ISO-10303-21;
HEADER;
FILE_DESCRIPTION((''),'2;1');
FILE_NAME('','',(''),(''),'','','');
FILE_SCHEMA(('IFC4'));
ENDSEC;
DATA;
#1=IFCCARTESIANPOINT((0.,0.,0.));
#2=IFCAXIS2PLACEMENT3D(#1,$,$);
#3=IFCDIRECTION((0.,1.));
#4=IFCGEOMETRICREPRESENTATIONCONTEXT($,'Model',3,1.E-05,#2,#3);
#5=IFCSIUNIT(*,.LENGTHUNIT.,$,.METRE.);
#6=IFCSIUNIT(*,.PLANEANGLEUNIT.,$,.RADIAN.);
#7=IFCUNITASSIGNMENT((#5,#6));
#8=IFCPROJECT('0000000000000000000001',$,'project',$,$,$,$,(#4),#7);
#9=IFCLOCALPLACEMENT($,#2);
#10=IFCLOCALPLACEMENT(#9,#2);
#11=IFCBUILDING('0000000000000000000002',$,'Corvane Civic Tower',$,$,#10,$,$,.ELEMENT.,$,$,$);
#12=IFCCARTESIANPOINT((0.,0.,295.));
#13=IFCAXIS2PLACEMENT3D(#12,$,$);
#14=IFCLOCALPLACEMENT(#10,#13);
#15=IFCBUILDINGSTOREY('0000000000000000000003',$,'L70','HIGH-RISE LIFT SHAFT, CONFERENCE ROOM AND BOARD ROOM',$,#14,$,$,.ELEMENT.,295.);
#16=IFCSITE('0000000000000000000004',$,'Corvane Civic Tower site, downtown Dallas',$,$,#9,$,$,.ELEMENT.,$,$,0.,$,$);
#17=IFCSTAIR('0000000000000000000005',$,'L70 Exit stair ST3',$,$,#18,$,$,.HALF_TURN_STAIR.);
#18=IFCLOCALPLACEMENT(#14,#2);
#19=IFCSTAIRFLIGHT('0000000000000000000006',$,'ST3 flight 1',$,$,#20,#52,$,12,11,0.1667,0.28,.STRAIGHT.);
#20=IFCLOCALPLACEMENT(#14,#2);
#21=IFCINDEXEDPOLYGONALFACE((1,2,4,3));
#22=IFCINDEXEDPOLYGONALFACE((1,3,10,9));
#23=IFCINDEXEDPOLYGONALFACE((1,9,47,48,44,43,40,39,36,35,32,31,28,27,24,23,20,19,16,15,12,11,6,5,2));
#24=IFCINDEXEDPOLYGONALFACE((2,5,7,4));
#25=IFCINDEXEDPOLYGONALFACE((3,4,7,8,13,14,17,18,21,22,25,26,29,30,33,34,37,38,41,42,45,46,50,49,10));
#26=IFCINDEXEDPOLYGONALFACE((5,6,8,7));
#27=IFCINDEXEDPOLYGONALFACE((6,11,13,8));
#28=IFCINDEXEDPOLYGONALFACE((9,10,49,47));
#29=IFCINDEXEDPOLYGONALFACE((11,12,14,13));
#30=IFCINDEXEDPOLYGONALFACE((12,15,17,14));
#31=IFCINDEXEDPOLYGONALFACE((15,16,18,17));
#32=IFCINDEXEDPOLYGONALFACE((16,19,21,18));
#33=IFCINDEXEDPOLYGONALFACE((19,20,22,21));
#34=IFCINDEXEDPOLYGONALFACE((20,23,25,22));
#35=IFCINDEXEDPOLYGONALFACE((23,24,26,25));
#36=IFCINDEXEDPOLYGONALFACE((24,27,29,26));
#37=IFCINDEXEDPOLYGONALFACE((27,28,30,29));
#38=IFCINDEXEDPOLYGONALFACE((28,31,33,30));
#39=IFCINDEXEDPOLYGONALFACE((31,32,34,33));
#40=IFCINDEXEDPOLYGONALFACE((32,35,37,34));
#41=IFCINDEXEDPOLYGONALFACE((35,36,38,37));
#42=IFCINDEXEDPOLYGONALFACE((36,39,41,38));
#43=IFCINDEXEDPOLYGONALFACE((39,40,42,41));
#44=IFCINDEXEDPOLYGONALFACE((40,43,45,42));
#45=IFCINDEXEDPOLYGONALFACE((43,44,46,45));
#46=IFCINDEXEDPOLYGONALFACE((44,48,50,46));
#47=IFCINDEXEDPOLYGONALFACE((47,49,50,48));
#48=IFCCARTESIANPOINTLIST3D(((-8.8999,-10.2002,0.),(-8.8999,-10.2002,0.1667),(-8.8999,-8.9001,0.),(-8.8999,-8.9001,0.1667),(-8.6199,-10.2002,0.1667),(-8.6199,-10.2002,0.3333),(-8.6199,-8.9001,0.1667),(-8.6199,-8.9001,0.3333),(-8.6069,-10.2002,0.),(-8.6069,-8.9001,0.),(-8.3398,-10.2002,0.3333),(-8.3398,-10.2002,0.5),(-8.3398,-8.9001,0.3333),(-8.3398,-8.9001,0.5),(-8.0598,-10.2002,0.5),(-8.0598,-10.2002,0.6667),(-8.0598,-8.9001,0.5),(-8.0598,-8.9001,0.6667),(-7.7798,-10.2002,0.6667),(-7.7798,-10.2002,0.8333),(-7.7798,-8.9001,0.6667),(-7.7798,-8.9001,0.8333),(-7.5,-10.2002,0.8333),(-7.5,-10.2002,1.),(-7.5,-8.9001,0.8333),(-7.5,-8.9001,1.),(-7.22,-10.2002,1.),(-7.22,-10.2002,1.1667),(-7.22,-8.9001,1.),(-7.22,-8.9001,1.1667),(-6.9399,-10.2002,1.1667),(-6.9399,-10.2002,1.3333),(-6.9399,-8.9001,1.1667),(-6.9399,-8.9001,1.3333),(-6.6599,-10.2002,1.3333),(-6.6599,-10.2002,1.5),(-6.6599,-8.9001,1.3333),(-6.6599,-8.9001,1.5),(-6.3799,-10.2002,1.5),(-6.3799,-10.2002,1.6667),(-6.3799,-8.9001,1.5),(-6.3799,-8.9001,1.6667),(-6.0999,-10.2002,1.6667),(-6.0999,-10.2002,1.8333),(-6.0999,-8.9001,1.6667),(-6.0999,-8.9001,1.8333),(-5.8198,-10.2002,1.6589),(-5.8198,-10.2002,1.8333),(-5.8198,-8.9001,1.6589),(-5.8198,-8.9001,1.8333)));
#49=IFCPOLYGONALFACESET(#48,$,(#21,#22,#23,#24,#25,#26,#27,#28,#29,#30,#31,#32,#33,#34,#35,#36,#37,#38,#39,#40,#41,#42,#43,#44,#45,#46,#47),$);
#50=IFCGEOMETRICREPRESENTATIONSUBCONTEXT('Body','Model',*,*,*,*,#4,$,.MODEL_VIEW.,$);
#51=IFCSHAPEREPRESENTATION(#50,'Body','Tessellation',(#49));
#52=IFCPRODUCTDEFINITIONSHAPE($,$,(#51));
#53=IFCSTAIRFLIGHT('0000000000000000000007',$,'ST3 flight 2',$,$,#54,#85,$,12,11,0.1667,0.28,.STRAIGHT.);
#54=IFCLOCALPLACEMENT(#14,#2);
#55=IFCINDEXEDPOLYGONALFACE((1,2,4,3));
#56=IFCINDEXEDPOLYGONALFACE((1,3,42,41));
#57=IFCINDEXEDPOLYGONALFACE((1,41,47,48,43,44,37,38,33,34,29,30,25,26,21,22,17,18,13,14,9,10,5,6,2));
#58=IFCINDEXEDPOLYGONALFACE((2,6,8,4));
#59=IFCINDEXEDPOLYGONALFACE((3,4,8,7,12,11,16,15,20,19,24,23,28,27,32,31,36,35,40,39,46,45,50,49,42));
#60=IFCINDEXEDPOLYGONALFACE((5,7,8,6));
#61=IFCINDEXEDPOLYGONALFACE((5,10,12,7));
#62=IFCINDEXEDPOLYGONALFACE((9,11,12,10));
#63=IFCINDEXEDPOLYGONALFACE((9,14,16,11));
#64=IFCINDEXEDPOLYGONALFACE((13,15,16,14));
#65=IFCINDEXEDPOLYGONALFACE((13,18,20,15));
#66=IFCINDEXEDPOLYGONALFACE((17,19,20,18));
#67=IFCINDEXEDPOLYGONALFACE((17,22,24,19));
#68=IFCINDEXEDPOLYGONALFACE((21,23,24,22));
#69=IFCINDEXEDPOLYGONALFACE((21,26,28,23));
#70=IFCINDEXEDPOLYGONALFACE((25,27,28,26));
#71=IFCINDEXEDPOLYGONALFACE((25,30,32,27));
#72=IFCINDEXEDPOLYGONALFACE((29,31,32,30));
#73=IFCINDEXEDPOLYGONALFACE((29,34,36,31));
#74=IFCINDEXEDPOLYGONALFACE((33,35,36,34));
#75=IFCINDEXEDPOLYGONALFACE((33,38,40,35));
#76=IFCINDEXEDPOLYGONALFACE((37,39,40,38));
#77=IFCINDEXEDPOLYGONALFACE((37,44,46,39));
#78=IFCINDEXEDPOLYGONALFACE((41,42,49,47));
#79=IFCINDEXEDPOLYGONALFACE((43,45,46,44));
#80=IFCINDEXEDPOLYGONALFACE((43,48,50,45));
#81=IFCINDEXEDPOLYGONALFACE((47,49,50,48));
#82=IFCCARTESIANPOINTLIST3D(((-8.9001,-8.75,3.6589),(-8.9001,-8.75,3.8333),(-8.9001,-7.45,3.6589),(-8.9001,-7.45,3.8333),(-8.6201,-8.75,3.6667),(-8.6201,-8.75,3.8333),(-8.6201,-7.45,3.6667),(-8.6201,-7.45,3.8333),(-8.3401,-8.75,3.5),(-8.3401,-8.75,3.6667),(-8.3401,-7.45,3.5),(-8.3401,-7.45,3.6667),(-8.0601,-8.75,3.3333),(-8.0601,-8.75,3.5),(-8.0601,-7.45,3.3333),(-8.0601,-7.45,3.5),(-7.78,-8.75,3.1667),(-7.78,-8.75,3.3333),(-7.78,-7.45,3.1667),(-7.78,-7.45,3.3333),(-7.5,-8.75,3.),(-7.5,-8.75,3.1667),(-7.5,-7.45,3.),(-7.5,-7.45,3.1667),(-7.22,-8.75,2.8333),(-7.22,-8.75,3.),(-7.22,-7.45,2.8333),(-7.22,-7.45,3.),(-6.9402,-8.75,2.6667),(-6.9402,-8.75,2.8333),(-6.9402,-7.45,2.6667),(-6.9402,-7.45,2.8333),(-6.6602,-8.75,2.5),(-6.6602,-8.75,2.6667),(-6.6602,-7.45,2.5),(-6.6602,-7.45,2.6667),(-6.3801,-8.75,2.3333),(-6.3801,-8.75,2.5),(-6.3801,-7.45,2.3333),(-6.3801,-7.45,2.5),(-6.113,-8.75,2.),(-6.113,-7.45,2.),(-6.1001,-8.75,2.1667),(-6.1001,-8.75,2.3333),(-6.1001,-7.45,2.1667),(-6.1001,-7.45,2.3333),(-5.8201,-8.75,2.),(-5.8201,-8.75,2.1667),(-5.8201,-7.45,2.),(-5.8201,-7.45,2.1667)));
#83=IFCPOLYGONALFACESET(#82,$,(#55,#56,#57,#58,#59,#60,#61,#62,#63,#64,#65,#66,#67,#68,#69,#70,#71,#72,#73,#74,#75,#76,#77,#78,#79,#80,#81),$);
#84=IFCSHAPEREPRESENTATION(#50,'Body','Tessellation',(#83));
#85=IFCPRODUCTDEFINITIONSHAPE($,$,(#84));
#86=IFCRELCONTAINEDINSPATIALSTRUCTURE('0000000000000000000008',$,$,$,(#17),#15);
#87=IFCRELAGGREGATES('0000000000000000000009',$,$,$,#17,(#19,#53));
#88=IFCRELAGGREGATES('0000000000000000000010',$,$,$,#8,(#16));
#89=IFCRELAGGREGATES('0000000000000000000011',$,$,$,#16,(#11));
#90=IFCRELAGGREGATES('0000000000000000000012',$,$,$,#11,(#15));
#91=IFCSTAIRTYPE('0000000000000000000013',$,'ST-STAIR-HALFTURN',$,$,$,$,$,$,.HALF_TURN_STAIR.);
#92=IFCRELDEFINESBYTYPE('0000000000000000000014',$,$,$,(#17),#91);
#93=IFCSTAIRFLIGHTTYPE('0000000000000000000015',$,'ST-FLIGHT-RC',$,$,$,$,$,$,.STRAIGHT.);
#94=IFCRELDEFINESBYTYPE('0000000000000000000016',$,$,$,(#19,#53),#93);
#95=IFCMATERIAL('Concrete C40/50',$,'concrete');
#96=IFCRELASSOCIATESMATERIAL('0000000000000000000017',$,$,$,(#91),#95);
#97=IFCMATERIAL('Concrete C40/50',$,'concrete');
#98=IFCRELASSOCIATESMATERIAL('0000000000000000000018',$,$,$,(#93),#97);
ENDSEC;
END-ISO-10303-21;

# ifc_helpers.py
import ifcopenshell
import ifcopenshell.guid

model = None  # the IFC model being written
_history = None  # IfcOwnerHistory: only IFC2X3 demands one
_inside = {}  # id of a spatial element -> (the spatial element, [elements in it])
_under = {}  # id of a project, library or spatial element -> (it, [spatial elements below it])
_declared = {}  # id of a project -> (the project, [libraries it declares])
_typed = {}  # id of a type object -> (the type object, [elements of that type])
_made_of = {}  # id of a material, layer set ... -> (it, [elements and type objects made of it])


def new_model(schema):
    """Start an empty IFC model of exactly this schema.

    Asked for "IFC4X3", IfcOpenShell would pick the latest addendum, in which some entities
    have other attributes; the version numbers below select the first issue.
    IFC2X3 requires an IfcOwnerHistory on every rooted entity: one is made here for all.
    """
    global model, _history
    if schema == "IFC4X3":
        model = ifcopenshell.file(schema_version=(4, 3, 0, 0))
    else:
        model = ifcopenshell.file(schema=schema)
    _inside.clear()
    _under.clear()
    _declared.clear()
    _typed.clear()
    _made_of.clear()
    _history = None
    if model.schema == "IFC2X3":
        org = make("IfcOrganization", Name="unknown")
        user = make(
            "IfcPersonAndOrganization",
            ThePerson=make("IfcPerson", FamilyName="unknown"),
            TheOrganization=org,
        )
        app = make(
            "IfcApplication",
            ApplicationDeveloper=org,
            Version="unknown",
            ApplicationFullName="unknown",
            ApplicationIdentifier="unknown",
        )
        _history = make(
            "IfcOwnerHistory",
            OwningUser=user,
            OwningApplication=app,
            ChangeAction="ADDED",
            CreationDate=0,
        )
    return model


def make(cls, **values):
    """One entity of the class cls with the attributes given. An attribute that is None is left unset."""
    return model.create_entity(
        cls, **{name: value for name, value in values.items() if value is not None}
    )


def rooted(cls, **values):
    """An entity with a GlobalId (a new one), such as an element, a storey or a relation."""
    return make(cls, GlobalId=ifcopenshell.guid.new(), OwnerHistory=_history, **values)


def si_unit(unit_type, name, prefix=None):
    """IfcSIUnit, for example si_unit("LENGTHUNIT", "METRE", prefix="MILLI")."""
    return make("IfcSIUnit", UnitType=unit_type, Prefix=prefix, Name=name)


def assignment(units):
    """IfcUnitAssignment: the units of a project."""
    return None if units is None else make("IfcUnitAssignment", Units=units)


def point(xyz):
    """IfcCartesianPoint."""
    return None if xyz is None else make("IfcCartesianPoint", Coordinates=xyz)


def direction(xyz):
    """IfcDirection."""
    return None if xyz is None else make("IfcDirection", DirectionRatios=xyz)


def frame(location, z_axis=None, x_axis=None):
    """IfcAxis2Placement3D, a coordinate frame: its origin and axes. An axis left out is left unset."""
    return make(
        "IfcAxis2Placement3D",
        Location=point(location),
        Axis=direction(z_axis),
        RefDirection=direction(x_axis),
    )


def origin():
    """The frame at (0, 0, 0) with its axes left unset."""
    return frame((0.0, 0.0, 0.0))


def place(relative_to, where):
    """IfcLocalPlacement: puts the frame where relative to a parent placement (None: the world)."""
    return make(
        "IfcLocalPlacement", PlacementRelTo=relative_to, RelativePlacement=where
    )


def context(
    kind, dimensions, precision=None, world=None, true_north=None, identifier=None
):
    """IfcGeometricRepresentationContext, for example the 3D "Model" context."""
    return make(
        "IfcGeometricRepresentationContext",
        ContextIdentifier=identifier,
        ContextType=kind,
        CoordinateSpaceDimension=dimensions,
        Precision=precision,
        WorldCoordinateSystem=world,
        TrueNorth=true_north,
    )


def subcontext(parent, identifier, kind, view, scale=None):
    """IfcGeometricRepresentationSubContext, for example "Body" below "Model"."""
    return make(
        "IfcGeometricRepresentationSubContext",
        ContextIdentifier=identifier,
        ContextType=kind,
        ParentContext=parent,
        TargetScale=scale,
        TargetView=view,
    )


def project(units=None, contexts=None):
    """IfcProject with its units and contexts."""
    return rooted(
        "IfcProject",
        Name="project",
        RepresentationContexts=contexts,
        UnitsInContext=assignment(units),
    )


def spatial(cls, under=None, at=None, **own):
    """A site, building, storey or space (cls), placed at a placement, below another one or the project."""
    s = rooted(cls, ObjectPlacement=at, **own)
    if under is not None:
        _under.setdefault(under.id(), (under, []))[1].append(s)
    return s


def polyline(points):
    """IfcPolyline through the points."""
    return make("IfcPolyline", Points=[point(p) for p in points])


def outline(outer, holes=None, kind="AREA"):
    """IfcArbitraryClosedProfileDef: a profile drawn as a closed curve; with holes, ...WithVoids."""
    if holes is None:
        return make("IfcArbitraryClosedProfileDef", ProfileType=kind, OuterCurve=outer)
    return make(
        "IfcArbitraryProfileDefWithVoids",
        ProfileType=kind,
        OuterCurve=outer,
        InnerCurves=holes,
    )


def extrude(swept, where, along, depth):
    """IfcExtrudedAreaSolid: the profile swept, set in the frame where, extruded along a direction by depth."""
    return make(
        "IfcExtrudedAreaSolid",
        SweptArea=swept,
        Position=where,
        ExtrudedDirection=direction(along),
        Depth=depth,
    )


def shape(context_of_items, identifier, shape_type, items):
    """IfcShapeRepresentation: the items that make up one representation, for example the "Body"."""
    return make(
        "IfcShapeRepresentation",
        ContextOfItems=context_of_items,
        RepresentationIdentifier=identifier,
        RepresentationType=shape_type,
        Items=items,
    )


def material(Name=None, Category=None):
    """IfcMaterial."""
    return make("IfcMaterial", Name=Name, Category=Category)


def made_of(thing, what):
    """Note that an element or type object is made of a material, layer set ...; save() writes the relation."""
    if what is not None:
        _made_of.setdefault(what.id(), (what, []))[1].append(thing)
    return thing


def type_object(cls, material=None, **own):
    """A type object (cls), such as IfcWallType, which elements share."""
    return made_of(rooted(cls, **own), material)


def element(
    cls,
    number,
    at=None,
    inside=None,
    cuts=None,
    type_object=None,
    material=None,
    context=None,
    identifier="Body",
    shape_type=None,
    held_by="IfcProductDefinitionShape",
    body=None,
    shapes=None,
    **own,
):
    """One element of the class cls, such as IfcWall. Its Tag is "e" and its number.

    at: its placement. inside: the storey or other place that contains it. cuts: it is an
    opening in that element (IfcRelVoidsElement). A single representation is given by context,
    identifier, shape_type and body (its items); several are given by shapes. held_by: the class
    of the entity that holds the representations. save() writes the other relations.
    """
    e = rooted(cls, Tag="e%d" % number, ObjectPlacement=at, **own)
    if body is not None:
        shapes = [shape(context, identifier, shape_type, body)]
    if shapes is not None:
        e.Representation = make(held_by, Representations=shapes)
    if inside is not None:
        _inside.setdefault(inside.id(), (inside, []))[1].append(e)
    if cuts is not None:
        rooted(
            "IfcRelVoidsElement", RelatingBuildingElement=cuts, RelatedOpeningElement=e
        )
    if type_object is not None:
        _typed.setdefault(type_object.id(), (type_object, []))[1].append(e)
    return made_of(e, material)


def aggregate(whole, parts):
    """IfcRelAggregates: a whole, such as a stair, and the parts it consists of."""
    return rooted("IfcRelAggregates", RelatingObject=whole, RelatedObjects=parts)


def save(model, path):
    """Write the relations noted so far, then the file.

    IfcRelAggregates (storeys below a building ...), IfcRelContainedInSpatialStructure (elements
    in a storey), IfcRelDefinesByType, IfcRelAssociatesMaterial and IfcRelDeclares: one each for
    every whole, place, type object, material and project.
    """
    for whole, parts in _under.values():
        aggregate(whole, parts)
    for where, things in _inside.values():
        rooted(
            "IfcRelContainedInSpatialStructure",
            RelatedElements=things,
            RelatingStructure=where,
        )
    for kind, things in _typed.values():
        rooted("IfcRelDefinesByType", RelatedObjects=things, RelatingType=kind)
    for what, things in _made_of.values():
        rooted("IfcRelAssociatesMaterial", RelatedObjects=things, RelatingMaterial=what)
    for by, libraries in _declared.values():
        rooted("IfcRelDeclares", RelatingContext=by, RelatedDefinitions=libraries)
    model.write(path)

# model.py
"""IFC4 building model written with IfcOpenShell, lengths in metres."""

from ifc_helpers import new_model, si_unit, direction, frame, origin, place, context, subcontext, project, spatial, polyline, outline, extrude, material, type_object, element, aggregate, save


model = new_model("IFC4")

# Units and contexts
model_context = context("Model", 3, precision=1e-05, world=origin(), true_north=direction((0.0, 1.0)))
body_context = subcontext(model_context, "Body", "Model", "MODEL_VIEW")
ifc_project = project(units=[si_unit("LENGTHUNIT", "METRE"), si_unit("PLANEANGLEUNIT", "RADIAN")], contexts=[model_context])

# Site, building, storey
site_placement = place(None, origin())
site = spatial("IfcSite", under=ifc_project, at=site_placement, Name="Corvane Civic Tower site, downtown Dallas", CompositionType="ELEMENT", RefElevation=0.0)
building_placement = place(site_placement, origin())
building = spatial("IfcBuilding", under=site, at=building_placement, Name="Corvane Civic Tower", CompositionType="ELEMENT")
storey_placement = place(building_placement, frame((0.0, 0.0, 295.0)))
storey = spatial("IfcBuildingStorey", under=building, at=storey_placement, Name="L70", Description="HIGH-RISE LIFT SHAFT, CONFERENCE ROOM AND BOARD ROOM", CompositionType="ELEMENT", Elevation=295.0)

# Stair, stair flights
ifc_material_1 = material(Name="Concrete C40/50", Category="concrete")
stair_type = type_object("IfcStairType", Name="ST-STAIR-HALFTURN", PredefinedType="HALF_TURN_STAIR", material=ifc_material_1)
stair_placement = place(storey_placement, origin())
stair = element("IfcStair", 1, at=stair_placement, inside=storey, type_object=stair_type, Name="L70 Exit stair ST3", PredefinedType="HALF_TURN_STAIR")
ifc_material_2 = material(Name="Concrete C40/50", Category="concrete")
stair_flight_type = type_object("IfcStairFlightType", Name="ST-FLIGHT-RC", PredefinedType="STRAIGHT", material=ifc_material_2)
stair_flight_1_placement = place(storey_placement, frame((-8.8999, -9.55, 0.0), z_axis=(0.0, 0.0, 1.0), x_axis=(1.0, 0.0, 0.0)))
stair_flight_1 = element("IfcStairFlight", 2, at=stair_flight_1_placement, type_object=stair_flight_type, Name="ST3 flight 1", NumberOfRisers=12, NumberOfTreads=11, PredefinedType="STRAIGHT", RiserHeight=0.1667, TreadLength=0.28, context=body_context, shape_type="SweptSolid", body=[
    extrude(outline(polyline([(0.0, 0.0), (0.0, 0.1667), (0.28, 0.1667), (0.28, 0.3333), (0.5601, 0.3333), (0.5601, 0.5), (0.8401, 0.5), (0.8401, 0.6667), (1.1201, 0.6667), (1.1201, 0.8333), (1.3999, 0.8333), (1.3999, 1.0), (1.6799, 1.0), (1.6799, 1.1667), (1.96, 1.1667), (1.96, 1.3333), (2.24, 1.3333), (2.24, 1.5), (2.52, 1.5), (2.52, 1.6667), (2.8, 1.6667), (2.8, 1.8333), (3.0801, 1.8333), (3.0801, 2.0), (3.0801, 1.6589), (0.293, 0.0), (0.0, 0.0)])), frame((0.0, 0.6499, 0.0), z_axis=(0.0, -1.0, 0.0), x_axis=(1.0, 0.0, 0.0)), (0.0, 0.0, 1.0), 1.3),
])
stair_flight_2_placement = place(storey_placement, frame((-5.8201, -8.1001, 2.0), z_axis=(0.0, 0.0, 1.0), x_axis=(-1.0, 0.0, 0.0)))
stair_flight_2 = element("IfcStairFlight", 3, at=stair_flight_2_placement, type_object=stair_flight_type, Name="ST3 flight 2", NumberOfRisers=12, NumberOfTreads=11, PredefinedType="STRAIGHT", RiserHeight=0.1667, TreadLength=0.28, context=body_context, shape_type="SweptSolid", body=[
    extrude(outline(polyline([(0.0, 0.0), (0.0, 0.1667), (0.28, 0.1667), (0.28, 0.3333), (0.5601, 0.3333), (0.5601, 0.5), (0.8401, 0.5), (0.8401, 0.6667), (1.1201, 0.6667), (1.1201, 0.8333), (1.3999, 0.8333), (1.3999, 1.0), (1.6799, 1.0), (1.6799, 1.1667), (1.96, 1.1667), (1.96, 1.3333), (2.24, 1.3333), (2.24, 1.5), (2.52, 1.5), (2.52, 1.6667), (2.8, 1.6667), (2.8, 1.8333), (3.0801, 1.8333), (3.0801, 2.0), (3.0801, 1.6589), (0.293, 0.0), (0.0, 0.0)])), frame((0.0, 0.6499, 0.0), z_axis=(0.0, -1.0, 0.0), x_axis=(1.0, 0.0, 0.0)), (0.0, 0.0, 1.0), 1.3),
])
aggregate(stair, [stair_flight_1, stair_flight_2])

save(model, "model.ifc")
